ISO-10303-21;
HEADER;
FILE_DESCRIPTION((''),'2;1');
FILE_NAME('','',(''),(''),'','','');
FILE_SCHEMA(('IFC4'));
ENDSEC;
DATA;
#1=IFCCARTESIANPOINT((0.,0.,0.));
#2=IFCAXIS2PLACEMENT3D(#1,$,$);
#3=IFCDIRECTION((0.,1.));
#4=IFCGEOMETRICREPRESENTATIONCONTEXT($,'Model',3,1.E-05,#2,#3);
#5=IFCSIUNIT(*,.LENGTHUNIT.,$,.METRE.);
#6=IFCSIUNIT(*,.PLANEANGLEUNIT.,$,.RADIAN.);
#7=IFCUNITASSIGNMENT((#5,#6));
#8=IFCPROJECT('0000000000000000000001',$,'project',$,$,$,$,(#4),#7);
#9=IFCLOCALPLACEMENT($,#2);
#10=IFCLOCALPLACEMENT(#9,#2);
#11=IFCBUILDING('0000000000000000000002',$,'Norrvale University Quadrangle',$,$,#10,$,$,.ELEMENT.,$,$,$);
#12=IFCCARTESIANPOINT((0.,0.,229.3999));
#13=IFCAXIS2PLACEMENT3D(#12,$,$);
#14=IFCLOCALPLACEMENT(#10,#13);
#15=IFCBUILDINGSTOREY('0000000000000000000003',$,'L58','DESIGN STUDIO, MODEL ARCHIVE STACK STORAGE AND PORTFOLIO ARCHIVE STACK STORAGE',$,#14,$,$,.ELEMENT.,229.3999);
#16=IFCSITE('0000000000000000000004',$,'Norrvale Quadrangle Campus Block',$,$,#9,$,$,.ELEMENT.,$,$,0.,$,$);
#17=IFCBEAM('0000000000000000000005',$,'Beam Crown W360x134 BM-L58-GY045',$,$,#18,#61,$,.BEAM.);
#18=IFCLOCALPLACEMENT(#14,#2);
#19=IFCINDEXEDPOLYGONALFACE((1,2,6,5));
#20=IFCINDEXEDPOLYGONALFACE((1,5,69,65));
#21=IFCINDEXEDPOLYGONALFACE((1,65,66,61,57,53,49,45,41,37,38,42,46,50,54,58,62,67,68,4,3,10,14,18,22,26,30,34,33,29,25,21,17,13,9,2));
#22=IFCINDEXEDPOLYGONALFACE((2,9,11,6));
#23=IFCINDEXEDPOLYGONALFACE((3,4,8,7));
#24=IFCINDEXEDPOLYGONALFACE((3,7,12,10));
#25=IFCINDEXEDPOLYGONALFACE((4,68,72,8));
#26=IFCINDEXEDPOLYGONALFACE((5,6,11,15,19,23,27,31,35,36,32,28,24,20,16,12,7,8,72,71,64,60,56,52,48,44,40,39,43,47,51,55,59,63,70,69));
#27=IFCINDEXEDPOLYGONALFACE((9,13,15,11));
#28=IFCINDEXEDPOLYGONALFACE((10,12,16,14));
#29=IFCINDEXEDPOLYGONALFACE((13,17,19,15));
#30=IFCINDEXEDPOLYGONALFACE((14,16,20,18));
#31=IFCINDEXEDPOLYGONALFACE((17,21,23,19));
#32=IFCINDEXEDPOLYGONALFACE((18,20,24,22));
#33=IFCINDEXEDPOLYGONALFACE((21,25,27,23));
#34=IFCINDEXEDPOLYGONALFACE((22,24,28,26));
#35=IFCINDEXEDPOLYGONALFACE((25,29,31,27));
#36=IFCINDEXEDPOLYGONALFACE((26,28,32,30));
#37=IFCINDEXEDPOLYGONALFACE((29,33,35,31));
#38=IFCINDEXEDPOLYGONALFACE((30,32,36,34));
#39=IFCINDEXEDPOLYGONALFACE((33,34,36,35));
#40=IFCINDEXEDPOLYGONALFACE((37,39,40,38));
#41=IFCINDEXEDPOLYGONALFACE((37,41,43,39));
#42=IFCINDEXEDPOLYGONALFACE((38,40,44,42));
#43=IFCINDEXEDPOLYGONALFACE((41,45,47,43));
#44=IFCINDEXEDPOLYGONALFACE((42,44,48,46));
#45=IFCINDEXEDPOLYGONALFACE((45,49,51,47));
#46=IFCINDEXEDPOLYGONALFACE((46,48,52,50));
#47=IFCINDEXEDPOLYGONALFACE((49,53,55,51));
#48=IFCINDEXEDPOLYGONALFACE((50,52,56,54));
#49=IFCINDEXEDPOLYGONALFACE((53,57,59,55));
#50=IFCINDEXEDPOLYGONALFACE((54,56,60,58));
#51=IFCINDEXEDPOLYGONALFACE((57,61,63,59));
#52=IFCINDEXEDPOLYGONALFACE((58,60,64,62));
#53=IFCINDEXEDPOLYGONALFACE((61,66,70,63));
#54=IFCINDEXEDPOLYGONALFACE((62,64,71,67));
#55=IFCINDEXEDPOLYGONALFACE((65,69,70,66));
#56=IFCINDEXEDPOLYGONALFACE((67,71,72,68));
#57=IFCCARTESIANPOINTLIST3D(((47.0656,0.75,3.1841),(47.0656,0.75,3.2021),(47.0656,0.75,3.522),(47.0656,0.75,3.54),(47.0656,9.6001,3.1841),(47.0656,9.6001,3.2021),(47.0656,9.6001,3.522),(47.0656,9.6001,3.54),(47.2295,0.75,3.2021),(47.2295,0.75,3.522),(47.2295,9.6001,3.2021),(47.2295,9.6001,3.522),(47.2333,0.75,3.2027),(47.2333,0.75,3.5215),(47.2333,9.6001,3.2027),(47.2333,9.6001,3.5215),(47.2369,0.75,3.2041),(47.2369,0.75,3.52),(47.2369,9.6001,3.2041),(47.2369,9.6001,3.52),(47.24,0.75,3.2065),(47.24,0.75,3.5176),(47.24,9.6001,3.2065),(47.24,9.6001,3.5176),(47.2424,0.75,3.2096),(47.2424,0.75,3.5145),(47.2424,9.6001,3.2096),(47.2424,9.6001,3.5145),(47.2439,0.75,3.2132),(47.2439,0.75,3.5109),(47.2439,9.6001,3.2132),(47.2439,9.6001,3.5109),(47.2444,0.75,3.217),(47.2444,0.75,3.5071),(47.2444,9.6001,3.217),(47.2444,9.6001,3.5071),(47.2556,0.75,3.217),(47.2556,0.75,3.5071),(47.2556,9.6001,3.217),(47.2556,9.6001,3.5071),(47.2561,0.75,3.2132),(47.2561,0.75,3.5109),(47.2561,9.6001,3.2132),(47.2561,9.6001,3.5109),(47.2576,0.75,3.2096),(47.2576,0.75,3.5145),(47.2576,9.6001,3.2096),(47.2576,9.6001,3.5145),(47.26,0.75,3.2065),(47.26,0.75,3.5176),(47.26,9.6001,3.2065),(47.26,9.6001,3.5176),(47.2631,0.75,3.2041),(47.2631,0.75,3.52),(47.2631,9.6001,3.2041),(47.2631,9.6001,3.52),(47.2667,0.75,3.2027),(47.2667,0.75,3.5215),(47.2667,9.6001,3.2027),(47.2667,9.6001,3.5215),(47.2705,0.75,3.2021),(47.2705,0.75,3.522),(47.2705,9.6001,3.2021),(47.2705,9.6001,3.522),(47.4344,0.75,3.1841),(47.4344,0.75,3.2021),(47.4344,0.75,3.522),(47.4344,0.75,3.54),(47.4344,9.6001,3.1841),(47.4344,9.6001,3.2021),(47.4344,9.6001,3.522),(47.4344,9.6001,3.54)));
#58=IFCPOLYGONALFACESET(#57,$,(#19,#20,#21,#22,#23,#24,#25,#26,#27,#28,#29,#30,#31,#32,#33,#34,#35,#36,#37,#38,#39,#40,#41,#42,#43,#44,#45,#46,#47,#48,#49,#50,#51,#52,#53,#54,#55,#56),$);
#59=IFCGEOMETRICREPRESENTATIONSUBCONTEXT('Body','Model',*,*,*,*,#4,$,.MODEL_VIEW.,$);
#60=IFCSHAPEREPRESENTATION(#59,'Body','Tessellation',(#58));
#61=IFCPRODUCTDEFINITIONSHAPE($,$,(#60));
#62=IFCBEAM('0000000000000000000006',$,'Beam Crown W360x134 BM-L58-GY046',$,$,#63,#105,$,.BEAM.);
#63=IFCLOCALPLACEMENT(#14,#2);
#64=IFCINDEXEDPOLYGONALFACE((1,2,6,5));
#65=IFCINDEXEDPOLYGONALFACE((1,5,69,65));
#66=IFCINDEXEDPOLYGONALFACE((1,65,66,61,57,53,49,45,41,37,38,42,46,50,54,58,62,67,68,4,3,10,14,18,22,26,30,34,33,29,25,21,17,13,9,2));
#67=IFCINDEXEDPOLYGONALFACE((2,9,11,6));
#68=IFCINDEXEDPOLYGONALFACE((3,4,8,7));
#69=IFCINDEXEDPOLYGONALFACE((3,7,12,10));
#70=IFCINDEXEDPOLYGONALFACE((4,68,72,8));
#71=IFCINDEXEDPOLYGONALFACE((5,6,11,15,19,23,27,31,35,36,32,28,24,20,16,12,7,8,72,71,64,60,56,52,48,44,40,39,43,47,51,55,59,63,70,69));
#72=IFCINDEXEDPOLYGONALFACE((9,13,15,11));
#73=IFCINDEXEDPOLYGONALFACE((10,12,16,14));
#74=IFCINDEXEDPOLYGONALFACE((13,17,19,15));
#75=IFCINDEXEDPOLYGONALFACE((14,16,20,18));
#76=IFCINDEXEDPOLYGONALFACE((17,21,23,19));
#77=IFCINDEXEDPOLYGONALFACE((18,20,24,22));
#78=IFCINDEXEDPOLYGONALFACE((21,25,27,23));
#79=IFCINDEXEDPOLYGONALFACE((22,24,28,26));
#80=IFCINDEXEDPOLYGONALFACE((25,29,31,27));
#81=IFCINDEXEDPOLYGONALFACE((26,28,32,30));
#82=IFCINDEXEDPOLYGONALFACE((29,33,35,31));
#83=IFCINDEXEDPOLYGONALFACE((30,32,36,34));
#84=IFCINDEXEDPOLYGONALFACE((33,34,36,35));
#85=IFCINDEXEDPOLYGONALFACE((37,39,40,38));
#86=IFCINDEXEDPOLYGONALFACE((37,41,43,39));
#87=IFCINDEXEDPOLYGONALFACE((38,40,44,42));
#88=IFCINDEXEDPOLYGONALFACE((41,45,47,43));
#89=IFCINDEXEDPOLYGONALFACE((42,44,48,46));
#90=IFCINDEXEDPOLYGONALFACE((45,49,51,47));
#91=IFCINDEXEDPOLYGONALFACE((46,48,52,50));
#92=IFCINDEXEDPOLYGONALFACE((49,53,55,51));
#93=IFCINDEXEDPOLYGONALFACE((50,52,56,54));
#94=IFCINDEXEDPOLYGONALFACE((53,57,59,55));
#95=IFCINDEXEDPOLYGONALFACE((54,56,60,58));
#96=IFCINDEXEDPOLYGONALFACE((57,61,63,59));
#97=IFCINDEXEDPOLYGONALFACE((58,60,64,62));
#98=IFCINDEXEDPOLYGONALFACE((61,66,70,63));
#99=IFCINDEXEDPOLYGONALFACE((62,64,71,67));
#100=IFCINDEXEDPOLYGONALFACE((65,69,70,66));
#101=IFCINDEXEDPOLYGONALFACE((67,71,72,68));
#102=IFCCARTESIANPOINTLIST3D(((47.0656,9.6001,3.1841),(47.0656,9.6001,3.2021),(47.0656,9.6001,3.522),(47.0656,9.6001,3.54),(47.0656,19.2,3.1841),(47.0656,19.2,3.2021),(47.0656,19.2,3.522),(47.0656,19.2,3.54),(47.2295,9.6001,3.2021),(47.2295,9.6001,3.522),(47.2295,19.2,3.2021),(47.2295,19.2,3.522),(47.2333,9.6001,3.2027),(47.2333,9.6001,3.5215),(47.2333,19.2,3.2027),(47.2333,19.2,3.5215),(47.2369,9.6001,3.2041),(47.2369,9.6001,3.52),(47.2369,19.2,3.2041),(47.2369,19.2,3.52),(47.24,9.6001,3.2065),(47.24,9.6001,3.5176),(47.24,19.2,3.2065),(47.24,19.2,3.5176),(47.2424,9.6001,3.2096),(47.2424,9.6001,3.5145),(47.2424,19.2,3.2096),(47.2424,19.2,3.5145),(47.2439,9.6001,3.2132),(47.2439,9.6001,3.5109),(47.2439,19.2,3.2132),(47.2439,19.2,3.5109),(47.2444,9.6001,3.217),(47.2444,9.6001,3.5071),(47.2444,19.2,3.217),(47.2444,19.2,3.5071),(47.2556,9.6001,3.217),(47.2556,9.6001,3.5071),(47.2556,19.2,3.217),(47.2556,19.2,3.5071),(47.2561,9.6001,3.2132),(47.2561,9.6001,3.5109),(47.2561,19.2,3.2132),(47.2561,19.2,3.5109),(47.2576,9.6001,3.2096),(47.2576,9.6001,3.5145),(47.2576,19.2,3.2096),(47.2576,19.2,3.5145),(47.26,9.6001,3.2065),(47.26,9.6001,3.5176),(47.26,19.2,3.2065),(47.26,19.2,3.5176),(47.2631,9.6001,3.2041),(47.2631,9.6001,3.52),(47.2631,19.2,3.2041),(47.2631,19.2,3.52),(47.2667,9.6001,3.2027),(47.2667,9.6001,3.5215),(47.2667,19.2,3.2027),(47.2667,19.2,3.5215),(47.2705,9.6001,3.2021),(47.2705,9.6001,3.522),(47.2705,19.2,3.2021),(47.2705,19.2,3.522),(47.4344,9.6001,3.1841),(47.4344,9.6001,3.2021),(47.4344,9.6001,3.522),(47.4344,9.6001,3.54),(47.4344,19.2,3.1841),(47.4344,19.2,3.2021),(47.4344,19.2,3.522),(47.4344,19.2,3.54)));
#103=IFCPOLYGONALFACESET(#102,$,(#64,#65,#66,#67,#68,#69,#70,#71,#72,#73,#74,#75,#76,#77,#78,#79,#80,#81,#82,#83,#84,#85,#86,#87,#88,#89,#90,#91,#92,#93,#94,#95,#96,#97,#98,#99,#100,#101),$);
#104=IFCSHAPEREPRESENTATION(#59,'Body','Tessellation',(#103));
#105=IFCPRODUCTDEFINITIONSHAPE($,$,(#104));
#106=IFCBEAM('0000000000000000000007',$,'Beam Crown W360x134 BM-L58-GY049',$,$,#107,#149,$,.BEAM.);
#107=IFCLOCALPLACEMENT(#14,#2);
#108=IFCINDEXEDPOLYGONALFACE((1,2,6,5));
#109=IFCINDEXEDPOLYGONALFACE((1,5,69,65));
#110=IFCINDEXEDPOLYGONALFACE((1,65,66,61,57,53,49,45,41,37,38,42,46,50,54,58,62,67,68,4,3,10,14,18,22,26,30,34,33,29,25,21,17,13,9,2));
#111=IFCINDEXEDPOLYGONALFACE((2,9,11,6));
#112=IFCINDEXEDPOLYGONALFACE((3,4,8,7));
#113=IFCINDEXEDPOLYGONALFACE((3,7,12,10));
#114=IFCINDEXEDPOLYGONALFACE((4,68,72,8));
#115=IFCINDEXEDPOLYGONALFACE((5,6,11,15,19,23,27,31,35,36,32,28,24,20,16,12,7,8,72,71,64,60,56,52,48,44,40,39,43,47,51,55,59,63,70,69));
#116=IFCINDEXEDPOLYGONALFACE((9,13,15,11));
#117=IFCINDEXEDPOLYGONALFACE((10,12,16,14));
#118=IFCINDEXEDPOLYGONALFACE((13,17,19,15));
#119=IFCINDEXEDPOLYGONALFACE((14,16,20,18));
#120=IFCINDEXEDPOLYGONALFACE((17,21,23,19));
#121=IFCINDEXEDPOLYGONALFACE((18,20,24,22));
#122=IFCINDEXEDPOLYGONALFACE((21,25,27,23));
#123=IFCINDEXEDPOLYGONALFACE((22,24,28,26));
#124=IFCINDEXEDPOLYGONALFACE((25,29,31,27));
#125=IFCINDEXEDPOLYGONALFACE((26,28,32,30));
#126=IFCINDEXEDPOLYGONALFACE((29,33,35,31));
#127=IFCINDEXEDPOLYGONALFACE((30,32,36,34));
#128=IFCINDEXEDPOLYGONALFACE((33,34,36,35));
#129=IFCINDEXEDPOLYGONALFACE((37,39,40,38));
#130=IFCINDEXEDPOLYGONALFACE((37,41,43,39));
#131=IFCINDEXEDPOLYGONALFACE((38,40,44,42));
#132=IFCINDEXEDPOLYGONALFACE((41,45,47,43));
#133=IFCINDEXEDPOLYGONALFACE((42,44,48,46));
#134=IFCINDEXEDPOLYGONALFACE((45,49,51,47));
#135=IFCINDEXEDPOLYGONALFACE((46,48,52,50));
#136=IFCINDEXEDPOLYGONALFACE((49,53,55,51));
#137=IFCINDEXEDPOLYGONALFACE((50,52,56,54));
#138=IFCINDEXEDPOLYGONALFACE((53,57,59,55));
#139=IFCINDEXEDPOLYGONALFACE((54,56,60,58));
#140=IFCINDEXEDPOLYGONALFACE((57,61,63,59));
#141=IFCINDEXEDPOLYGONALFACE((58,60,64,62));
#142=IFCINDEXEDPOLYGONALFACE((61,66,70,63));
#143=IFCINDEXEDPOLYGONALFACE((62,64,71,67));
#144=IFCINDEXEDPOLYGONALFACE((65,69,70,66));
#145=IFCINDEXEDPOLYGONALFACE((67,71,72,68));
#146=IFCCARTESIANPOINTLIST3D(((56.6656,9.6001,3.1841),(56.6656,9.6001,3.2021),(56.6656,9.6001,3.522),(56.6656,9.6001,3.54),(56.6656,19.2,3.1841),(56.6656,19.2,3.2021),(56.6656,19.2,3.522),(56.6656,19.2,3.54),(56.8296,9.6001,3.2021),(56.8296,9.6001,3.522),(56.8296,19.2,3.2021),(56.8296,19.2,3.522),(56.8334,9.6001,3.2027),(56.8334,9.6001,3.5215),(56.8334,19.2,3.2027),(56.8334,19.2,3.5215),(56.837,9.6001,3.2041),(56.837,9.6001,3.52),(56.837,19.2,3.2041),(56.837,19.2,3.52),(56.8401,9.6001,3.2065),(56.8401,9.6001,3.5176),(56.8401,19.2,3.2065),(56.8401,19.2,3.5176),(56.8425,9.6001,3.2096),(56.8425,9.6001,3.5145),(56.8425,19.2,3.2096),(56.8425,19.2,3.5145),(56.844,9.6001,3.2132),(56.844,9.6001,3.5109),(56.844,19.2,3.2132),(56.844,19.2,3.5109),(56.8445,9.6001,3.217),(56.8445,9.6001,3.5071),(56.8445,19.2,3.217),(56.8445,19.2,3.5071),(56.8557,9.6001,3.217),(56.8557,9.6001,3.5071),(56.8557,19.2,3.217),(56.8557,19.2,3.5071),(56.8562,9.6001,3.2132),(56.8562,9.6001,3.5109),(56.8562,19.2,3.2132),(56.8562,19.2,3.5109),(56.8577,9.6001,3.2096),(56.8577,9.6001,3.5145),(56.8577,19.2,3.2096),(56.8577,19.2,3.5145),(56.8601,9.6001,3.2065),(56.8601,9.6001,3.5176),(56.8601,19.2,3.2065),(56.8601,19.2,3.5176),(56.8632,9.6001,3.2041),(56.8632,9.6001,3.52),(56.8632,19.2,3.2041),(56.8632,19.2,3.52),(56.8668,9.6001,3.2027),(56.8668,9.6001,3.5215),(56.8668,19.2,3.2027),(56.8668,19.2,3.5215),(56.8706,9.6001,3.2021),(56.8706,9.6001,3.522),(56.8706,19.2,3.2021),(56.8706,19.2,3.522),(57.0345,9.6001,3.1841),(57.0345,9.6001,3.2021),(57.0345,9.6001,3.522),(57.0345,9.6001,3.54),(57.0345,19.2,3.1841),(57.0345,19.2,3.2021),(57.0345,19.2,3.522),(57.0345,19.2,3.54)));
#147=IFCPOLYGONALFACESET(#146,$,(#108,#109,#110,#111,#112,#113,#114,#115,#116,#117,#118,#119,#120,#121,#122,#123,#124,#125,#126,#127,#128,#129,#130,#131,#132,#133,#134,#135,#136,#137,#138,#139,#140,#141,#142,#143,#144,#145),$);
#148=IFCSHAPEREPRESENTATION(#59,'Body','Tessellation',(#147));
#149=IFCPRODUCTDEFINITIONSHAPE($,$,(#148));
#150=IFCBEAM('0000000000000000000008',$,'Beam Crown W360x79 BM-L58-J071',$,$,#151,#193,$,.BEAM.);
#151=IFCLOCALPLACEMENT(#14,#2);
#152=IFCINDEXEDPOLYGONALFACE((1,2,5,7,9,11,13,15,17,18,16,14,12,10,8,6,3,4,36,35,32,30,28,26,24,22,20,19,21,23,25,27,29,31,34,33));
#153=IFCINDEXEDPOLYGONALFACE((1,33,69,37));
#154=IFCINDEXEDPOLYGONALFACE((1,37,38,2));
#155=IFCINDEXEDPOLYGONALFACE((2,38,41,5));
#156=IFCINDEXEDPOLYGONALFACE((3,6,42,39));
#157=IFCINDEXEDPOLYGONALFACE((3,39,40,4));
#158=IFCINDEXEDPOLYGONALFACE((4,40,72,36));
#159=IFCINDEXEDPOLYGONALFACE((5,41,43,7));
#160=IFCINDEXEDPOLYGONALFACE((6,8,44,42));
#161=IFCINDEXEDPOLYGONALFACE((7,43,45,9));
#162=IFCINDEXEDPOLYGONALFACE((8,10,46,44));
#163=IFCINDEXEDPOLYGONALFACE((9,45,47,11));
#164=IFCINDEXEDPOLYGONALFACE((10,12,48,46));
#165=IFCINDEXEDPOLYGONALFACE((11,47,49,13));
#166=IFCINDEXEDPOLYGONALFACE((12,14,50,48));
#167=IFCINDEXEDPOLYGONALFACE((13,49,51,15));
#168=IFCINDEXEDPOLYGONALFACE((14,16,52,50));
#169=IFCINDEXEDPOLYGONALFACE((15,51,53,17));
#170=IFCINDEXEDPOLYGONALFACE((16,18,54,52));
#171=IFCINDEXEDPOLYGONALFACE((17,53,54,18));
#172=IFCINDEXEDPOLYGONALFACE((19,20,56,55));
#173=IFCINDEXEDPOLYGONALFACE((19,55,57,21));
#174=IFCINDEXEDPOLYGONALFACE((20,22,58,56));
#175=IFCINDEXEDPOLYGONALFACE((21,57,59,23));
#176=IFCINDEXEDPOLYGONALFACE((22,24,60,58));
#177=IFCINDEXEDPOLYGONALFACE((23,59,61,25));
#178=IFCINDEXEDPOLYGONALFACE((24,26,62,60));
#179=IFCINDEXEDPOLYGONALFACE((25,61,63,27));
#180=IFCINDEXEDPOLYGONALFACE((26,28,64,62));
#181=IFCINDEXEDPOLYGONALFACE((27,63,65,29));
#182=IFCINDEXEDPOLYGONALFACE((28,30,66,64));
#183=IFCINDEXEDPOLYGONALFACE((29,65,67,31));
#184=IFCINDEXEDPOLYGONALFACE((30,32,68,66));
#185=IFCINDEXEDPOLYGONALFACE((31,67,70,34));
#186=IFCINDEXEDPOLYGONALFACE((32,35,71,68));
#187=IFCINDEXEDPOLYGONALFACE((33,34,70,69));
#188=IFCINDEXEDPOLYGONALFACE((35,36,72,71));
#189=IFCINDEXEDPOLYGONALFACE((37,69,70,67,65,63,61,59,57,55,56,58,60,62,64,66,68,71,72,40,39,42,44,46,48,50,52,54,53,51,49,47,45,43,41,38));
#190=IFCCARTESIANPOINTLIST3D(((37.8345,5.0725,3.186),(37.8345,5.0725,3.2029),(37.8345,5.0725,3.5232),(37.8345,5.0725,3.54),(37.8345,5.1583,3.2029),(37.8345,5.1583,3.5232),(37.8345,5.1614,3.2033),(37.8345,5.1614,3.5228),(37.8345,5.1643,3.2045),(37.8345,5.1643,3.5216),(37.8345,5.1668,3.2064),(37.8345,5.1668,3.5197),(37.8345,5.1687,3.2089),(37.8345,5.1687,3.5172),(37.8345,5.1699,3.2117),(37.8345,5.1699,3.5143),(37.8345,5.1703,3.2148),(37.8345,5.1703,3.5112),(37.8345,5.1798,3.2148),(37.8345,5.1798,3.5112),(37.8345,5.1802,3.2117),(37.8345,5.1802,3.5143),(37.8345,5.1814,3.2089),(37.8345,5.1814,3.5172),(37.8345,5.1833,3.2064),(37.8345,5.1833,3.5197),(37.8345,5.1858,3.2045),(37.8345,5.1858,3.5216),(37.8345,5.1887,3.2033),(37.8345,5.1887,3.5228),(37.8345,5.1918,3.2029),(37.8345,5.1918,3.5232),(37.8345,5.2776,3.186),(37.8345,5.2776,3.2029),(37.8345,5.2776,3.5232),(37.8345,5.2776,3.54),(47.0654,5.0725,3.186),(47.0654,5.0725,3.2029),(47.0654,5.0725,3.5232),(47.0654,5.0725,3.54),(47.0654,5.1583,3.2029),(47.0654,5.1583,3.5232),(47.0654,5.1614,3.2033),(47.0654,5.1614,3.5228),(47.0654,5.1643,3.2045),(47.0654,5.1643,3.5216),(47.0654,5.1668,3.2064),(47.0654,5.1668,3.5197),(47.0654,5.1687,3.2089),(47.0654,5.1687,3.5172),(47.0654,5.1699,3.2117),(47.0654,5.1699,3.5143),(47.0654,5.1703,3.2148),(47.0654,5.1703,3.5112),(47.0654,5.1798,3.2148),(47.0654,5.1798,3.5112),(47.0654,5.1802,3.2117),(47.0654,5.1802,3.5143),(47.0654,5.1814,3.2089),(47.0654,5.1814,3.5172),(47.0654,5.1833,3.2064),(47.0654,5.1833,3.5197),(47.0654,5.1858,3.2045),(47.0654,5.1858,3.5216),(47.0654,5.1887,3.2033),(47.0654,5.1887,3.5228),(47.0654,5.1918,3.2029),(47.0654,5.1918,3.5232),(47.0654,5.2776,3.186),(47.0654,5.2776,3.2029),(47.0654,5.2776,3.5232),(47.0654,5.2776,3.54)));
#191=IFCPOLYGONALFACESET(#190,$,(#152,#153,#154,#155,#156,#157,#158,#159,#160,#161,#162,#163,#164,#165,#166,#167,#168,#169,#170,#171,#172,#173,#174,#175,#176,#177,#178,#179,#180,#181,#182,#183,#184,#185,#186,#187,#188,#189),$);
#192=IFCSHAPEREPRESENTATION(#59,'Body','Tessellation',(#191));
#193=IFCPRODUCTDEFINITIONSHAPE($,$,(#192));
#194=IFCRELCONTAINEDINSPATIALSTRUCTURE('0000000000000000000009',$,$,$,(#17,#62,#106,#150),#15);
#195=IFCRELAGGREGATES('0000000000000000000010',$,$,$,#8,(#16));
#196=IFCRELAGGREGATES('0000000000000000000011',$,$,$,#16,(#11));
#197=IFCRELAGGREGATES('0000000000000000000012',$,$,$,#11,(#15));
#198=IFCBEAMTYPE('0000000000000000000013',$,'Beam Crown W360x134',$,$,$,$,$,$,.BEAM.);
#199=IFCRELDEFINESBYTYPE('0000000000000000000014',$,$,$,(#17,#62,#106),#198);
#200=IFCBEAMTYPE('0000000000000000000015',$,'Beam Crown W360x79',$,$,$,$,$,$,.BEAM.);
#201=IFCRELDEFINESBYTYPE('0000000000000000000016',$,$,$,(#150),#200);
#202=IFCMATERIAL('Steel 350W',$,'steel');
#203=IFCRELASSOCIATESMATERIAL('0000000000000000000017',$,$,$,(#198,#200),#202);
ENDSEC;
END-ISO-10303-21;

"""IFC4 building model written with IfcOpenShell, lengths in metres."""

from ifc_helpers import new_model, si_unit, direction, frame, origin, origin_2d, place, context, subcontext, project, spatial, i_section, extrude, material, material_profile, profile_set, type_object, element, save


model = new_model("IFC4")

# Units and contexts
model_context = context("Model", 3, precision=1e-05, world=origin(), true_north=direction((0.0, 1.0)))
body_context = subcontext(model_context, "Body", "Model", "MODEL_VIEW")
ifc_project = project(units=[si_unit("LENGTHUNIT", "METRE"), si_unit("PLANEANGLEUNIT", "RADIAN")], contexts=[model_context])

# Site, building, storey
site_placement = place(None, origin())
site = spatial("IfcSite", under=ifc_project, at=site_placement, Name="Norrvale Quadrangle Campus Block", CompositionType="ELEMENT", RefElevation=0.0)
building_placement = place(site_placement, origin())
building = spatial("IfcBuilding", under=site, at=building_placement, Name="Norrvale University Quadrangle", CompositionType="ELEMENT")
storey_placement = place(building_placement, frame((0.0, 0.0, 229.3999)))
storey = spatial("IfcBuildingStorey", under=building, at=storey_placement, Name="L58", Description="DESIGN STUDIO, MODEL ARCHIVE STACK STORAGE AND PORTFOLIO ARCHIVE STACK STORAGE", CompositionType="ELEMENT", Elevation=229.3999)

# Beams
ifc_material_1 = material(Name="Steel 350W", Category="steel")
ifc_material_profile_1 = material_profile(ifc_material_1, i_section(OverallWidth=0.3689, OverallDepth=0.356, WebThickness=0.0112, FlangeThickness=0.0181, FilletRadius=0.0149, at=origin_2d()), Name="Steel 350W")
ifc_profile_set_1 = profile_set([ifc_material_profile_1], Name="Steel 350W")
beam_type_1 = type_object("IfcBeamType", Name="Beam Crown W360x134", PredefinedType="BEAM", material=ifc_profile_set_1)
beam_placement = place(storey_placement, frame((47.25, 0.75, 3.3621), z_axis=(0.0, 1.0, 0.0), x_axis=(-1.0, 0.0, 0.0)))
element("IfcBeam", 1, at=beam_placement, inside=storey, type_object=beam_type_1, Name="Beam Crown W360x134 BM-L58-GY045", PredefinedType="BEAM", context=body_context, shape_type="SweptSolid", body=[
    extrude(i_section(OverallWidth=0.3689, OverallDepth=0.356, WebThickness=0.0112, FlangeThickness=0.0181, FilletRadius=0.0149, at=origin_2d()), origin(), (0.0, 0.0, 1.0), 8.8501),
])
for number, where, z_axis, x_axis, name in (
    (2, (47.25, 9.6001, 3.3621), (0.0, 1.0, 0.0), (-1.0, 0.0, 0.0), "Beam Crown W360x134 BM-L58-GY046"),
    (3, (56.8501, 9.6001, 3.3621), (0.0, 1.0, 0.0), (-1.0, 0.0, 0.0), "Beam Crown W360x134 BM-L58-GY049"),
):
    element("IfcBeam", number, at=place(storey_placement, frame(where, z_axis=z_axis, x_axis=x_axis)), inside=storey, type_object=beam_type_1, Name=name, PredefinedType="BEAM", context=body_context, shape_type="SweptSolid", body=[
        extrude(i_section(OverallWidth=0.3689, OverallDepth=0.356, WebThickness=0.0112, FlangeThickness=0.0181, FilletRadius=0.0149, at=origin_2d()), origin(), (0.0, 0.0, 1.0), 9.5999),
    ])
ifc_material_profile_2 = material_profile(ifc_material_1, i_section(OverallWidth=0.2051, OverallDepth=0.354, WebThickness=0.0095, FlangeThickness=0.0168, FilletRadius=0.012, at=origin_2d()), Name="Steel 350W")
ifc_profile_set_2 = profile_set([ifc_material_profile_2], Name="Steel 350W")
beam_type_2 = type_object("IfcBeamType", Name="Beam Crown W360x79", PredefinedType="BEAM", material=ifc_profile_set_2)
for number, where, z_axis, x_axis, name in (
    (4, (37.8345, 5.175, 3.363), (1.0, 0.0, 0.0), (0.0, 1.0, 0.0), "Beam Crown W360x79 BM-L58-J071"),
):
    element("IfcBeam", number, at=place(storey_placement, frame(where, z_axis=z_axis, x_axis=x_axis)), inside=storey, type_object=beam_type_2, Name=name, PredefinedType="BEAM", context=body_context, shape_type="SweptSolid", body=[
        extrude(i_section(OverallWidth=0.2051, OverallDepth=0.354, WebThickness=0.0095, FlangeThickness=0.0168, FilletRadius=0.012, at=origin_2d()), origin(), (0.0, 0.0, 1.0), 9.231),
    ])

save(model, "model.ifc")
